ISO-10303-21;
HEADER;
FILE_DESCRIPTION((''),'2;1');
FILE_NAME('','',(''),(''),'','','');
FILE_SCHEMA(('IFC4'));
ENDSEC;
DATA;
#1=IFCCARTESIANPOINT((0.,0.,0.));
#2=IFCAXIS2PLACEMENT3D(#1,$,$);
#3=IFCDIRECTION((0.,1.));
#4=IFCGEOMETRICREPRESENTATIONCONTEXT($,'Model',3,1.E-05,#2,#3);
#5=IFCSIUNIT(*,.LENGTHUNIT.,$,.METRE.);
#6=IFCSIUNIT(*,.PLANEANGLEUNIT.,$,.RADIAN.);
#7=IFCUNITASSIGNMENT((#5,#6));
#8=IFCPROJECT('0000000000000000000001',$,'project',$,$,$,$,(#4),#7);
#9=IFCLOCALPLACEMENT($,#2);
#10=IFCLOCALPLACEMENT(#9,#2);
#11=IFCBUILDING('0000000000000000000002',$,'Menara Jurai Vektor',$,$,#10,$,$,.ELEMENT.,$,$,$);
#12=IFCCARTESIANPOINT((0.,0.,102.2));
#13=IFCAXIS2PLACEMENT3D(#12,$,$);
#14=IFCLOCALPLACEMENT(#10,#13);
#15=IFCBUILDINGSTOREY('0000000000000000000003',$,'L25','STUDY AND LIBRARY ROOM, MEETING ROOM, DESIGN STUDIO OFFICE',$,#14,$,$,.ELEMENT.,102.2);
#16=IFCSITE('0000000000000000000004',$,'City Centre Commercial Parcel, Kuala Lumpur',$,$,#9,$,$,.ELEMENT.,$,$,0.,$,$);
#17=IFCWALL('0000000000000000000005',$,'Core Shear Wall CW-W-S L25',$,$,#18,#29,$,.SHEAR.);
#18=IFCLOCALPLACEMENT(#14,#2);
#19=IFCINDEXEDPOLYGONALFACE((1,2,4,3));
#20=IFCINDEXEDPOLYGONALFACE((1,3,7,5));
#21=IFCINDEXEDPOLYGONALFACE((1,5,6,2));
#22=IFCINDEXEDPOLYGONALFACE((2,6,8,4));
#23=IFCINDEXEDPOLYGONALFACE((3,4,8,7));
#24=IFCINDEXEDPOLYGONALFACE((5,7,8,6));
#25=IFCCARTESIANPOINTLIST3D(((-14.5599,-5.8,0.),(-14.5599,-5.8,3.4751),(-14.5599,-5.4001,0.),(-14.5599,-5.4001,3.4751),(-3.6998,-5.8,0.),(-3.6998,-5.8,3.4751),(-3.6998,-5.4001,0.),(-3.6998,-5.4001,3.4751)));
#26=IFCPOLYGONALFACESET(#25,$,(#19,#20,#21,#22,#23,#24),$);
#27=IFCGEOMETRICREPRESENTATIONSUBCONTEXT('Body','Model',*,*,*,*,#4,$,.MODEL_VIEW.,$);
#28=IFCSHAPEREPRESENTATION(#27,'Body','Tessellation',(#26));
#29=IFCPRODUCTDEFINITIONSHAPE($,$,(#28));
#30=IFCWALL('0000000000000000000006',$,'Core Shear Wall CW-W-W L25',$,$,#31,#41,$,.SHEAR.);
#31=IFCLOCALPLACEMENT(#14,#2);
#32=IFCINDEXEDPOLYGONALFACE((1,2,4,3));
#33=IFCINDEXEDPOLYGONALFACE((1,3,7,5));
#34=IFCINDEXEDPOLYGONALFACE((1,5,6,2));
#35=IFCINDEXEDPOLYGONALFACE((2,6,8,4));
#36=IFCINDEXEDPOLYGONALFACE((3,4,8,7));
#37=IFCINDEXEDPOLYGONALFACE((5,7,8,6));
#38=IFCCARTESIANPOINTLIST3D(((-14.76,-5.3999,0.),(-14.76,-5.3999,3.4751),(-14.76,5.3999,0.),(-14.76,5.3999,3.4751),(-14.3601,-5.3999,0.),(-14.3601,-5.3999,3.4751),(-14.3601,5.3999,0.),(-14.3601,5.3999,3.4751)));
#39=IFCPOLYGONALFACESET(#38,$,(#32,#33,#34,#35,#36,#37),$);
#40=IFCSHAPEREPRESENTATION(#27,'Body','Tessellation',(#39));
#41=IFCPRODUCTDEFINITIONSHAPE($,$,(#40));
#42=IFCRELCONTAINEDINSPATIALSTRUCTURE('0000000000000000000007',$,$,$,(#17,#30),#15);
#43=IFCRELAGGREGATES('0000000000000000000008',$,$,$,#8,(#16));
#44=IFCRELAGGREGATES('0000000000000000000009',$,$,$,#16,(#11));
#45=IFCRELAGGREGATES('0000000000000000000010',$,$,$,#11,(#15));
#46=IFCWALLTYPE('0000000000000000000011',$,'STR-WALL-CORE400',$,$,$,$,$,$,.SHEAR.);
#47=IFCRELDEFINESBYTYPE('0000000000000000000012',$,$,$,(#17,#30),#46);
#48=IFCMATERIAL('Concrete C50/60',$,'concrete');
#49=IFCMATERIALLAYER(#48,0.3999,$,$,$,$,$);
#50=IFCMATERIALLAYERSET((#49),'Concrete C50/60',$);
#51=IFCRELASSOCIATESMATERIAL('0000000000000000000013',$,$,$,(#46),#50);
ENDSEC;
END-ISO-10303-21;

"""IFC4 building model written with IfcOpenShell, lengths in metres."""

from ifc_helpers import new_model, si_unit, direction, frame, frame_2d, origin, place, context, subcontext, project, spatial, rectangle, extrude, material, layer, layer_set, type_object, element, save


model = new_model("IFC4")

# Units and contexts
model_context = context("Model", 3, precision=1e-05, world=origin(), true_north=direction((0.0, 1.0)))
body_context = subcontext(model_context, "Body", "Model", "MODEL_VIEW")
ifc_project = project(units=[si_unit("LENGTHUNIT", "METRE"), si_unit("PLANEANGLEUNIT", "RADIAN")], contexts=[model_context])

# Site, building, storey
site_placement = place(None, origin())
site = spatial("IfcSite", under=ifc_project, at=site_placement, Name="City Centre Commercial Parcel, Kuala Lumpur", CompositionType="ELEMENT", RefElevation=0.0)
building_placement = place(site_placement, origin())
building = spatial("IfcBuilding", under=site, at=building_placement, Name="Menara Jurai Vektor", CompositionType="ELEMENT")
storey_placement = place(building_placement, frame((0.0, 0.0, 102.2)))
storey = spatial("IfcBuildingStorey", under=building, at=storey_placement, Name="L25", Description="STUDY AND LIBRARY ROOM, MEETING ROOM, DESIGN STUDIO OFFICE", CompositionType="ELEMENT", Elevation=102.2)

# Shared definitions
ifc_material_1 = material(Name="Concrete C50/60", Category="concrete")

# Walls
ifc_layer_1 = layer(ifc_material_1, 0.3999)
ifc_layer_set_1 = layer_set([ifc_layer_1], Name="Concrete C50/60")
wall_type_1 = type_object("IfcWallType", Name="STR-WALL-CORE400", PredefinedType="SHEAR", material=ifc_layer_set_1)
wall_1_placement = place(storey_placement, frame((-14.5601, -5.6001, 0.0), z_axis=(0.0, 0.0, 1.0), x_axis=(1.0, 0.0, 0.0)))
element("IfcWall", 1, at=wall_1_placement, inside=storey, type_object=wall_type_1, Name="Core Shear Wall CW-W-S L25", PredefinedType="SHEAR", context=body_context, shape_type="SweptSolid", body=[
    extrude(rectangle(XDim=10.8601, YDim=0.3999, at=frame_2d((5.4302, 0.0))), origin(), (0.0, 0.0, 1.0), 3.4751),
])
wall_2_placement = place(storey_placement, frame((-14.5601, -5.3999, 0.0), z_axis=(0.0, 0.0, 1.0), x_axis=(0.0, 1.0, 0.0)))
element("IfcWall", 2, at=wall_2_placement, inside=storey, type_object=wall_type_1, Name="Core Shear Wall CW-W-W L25", PredefinedType="SHEAR", context=body_context, shape_type="SweptSolid", body=[
    extrude(rectangle(XDim=10.7998, YDim=0.3999, at=frame_2d((5.3999, 0.0))), origin(), (0.0, 0.0, 1.0), 3.4751),
])

save(model, "model.ifc")
